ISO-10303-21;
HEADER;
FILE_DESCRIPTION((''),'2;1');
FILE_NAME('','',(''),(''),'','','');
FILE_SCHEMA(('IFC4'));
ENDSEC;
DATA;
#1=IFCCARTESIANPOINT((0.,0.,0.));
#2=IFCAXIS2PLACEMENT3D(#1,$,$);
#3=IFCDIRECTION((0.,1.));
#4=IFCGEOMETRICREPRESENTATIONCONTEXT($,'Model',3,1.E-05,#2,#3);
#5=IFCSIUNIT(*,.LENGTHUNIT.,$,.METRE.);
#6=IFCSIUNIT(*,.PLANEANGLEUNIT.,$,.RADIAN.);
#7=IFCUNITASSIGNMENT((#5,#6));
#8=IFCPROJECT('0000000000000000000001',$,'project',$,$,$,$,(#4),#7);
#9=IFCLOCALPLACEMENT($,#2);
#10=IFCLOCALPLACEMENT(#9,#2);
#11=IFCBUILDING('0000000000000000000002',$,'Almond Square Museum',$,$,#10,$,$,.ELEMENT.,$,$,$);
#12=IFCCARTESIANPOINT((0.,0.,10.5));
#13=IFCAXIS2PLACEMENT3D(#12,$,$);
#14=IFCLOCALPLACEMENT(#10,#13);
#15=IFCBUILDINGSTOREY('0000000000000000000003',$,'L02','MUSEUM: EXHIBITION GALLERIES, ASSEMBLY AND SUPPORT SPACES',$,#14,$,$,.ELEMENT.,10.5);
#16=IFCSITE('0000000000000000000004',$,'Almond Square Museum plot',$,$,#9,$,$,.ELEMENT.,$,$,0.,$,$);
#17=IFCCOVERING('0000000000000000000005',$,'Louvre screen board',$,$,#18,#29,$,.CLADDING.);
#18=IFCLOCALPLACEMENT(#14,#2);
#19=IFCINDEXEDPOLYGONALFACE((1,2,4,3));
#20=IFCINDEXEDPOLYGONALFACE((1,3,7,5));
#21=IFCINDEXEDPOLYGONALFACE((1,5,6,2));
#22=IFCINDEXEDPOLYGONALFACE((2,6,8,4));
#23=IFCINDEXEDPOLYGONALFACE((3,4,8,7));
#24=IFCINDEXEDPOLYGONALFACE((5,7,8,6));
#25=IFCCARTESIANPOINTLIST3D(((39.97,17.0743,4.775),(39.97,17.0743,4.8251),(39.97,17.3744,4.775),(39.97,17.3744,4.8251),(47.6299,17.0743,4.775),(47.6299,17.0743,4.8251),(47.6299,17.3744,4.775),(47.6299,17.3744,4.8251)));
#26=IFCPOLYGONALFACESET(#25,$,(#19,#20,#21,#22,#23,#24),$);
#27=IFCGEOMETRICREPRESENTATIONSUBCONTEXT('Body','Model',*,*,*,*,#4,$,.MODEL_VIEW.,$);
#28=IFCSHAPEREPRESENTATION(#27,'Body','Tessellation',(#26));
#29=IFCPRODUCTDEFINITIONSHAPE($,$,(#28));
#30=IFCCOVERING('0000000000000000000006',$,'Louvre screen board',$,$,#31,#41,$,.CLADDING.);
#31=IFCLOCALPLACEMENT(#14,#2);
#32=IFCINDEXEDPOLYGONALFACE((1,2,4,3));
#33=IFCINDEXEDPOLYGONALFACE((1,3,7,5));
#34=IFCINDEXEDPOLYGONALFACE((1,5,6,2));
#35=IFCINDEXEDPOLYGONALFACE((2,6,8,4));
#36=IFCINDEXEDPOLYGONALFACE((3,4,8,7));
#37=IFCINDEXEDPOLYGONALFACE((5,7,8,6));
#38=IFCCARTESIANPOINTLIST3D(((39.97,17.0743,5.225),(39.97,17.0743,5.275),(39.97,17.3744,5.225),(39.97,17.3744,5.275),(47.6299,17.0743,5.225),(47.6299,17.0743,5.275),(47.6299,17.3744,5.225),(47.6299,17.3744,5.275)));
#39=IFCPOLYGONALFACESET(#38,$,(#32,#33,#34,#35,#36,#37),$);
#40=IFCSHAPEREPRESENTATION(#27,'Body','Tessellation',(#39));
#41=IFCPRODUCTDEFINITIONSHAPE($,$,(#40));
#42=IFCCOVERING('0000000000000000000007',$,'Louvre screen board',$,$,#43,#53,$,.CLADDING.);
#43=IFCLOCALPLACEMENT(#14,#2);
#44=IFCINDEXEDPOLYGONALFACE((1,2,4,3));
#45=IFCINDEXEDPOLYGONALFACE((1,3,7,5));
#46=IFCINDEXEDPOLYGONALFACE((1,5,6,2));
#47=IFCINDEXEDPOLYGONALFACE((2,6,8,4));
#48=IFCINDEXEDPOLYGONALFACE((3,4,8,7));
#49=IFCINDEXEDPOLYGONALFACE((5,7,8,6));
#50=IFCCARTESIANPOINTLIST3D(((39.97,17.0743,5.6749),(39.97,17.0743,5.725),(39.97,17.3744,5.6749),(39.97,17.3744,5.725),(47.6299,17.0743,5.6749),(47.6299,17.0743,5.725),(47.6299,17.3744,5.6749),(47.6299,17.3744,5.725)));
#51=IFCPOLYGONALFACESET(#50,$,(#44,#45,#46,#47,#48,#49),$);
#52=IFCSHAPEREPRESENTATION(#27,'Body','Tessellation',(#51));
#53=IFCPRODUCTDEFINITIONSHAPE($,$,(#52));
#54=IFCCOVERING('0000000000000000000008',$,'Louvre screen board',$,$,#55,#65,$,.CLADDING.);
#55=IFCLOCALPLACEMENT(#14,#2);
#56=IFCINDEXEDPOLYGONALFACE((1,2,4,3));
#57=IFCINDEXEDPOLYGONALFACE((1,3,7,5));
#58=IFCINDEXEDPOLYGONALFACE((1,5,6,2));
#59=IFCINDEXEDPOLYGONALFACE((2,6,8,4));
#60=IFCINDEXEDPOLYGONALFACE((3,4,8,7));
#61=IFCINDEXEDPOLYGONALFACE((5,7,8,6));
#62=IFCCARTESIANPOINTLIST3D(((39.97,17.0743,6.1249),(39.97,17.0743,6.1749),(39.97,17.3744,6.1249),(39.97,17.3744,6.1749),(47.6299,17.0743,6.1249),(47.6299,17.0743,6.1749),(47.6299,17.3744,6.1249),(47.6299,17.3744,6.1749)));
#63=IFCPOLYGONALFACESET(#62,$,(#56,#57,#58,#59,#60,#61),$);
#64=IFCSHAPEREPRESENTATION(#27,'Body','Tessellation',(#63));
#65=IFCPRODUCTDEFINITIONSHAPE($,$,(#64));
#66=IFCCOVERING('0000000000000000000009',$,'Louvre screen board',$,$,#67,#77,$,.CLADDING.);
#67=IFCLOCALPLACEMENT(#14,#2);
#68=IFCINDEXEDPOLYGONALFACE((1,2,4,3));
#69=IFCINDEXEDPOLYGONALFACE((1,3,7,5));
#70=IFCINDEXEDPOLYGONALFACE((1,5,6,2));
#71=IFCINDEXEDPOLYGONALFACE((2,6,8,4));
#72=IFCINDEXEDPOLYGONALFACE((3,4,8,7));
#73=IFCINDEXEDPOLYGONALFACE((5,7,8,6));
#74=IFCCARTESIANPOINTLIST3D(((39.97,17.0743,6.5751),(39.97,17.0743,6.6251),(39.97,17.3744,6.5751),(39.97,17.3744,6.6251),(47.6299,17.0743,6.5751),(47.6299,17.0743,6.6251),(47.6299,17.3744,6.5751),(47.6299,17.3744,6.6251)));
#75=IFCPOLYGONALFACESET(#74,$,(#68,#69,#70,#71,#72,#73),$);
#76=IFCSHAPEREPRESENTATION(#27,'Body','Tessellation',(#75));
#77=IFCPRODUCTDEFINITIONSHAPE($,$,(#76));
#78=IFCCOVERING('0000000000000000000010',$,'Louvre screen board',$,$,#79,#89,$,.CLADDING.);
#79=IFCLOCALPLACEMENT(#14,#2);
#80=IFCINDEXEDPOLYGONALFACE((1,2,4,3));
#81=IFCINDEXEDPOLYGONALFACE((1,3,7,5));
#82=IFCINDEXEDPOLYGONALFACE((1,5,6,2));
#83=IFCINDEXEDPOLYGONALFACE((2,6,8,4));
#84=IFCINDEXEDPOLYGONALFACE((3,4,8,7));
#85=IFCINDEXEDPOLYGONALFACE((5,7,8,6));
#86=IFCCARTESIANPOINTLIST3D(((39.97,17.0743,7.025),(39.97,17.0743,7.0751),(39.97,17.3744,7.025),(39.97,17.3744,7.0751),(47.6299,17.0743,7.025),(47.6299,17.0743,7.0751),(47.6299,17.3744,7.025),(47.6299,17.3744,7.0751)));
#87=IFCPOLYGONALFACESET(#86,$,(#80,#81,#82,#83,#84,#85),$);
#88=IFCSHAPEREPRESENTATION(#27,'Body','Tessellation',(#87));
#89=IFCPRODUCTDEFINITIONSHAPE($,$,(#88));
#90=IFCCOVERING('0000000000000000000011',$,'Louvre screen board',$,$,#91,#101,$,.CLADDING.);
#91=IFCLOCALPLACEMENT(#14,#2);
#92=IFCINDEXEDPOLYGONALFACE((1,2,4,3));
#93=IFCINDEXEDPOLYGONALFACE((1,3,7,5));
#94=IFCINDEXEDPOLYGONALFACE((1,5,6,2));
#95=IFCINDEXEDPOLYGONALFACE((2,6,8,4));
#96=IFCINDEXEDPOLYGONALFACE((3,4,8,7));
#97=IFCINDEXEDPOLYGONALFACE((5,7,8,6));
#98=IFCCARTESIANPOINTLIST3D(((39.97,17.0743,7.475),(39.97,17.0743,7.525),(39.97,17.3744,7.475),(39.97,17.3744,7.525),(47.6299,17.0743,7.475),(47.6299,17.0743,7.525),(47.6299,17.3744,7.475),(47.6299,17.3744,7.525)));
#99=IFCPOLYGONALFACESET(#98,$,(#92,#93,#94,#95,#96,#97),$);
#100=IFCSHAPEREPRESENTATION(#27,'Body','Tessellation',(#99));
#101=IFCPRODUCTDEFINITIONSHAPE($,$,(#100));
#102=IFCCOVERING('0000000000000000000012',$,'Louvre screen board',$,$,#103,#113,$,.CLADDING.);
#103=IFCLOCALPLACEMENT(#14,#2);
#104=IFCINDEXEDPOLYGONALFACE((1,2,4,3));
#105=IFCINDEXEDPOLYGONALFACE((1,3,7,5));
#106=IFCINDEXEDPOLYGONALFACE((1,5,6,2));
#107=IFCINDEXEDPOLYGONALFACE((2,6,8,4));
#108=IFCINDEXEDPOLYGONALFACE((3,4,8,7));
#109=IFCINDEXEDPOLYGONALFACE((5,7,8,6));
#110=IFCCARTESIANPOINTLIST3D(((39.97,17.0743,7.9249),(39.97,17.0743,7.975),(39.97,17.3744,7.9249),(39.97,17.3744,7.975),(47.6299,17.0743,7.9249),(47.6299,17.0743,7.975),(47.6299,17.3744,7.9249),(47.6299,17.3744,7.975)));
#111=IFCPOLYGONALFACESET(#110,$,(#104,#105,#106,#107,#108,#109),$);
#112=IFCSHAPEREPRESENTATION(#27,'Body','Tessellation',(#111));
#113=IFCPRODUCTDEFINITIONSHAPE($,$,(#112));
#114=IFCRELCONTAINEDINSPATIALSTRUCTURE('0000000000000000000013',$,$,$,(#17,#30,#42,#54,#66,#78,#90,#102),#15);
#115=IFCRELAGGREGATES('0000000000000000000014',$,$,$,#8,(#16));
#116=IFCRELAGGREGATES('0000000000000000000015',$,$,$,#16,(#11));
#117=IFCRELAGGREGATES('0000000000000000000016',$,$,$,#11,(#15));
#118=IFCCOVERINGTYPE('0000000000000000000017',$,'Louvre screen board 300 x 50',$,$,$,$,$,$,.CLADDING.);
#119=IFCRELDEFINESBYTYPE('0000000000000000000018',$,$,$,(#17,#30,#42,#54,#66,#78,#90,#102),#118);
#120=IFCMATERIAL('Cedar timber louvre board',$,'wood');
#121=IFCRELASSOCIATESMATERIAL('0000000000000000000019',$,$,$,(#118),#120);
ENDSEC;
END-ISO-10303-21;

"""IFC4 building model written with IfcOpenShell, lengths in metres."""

from ifc_helpers import new_model, si_unit, direction, frame, origin, origin_2d, place, context, subcontext, project, spatial, rectangle, extrude, material, material_profile, profile_set, type_object, element, save


model = new_model("IFC4")

# Units and contexts
model_context = context("Model", 3, precision=1e-05, world=origin(), true_north=direction((0.0, 1.0)))
body_context = subcontext(model_context, "Body", "Model", "MODEL_VIEW")
ifc_project = project(units=[si_unit("LENGTHUNIT", "METRE"), si_unit("PLANEANGLEUNIT", "RADIAN")], contexts=[model_context])

# Site, building, storey
site_placement = place(None, origin())
site = spatial("IfcSite", under=ifc_project, at=site_placement, Name="Almond Square Museum plot", CompositionType="ELEMENT", RefElevation=0.0)
building_placement = place(site_placement, origin())
building = spatial("IfcBuilding", under=site, at=building_placement, Name="Almond Square Museum", CompositionType="ELEMENT")
storey_placement = place(building_placement, frame((0.0, 0.0, 10.5)))
storey = spatial("IfcBuildingStorey", under=building, at=storey_placement, Name="L02", Description="MUSEUM: EXHIBITION GALLERIES, ASSEMBLY AND SUPPORT SPACES", CompositionType="ELEMENT", Elevation=10.5)

# Coverings
ifc_material_1 = material(Name="Cedar timber louvre board", Category="wood")
ifc_material_profile_1 = material_profile(ifc_material_1, rectangle(XDim=0.3, YDim=0.05, at=origin_2d()))
ifc_profile_set_1 = profile_set([ifc_material_profile_1], Name="Cedar timber louvre board")
covering_type = type_object("IfcCoveringType", Name="Louvre screen board 300 x 50", PredefinedType="CLADDING", material=ifc_profile_set_1)
for number, where, z_axis, x_axis, name in (
    (1, (39.97, 17.2244, 4.8), (1.0, 0.0, 0.0), (0.0, 1.0, 0.0), "Louvre screen board"),
    (2, (39.97, 17.2244, 5.25), (1.0, 0.0, 0.0), (0.0, 1.0, 0.0), "Louvre screen board"),
    (3, (39.97, 17.2244, 5.7), (1.0, 0.0, 0.0), (0.0, 1.0, 0.0), "Louvre screen board"),
    (4, (39.97, 17.2244, 6.1499), (1.0, 0.0, 0.0), (0.0, 1.0, 0.0), "Louvre screen board"),
    (5, (39.97, 17.2244, 6.6001), (1.0, 0.0, 0.0), (0.0, 1.0, 0.0), "Louvre screen board"),
    (6, (39.97, 17.2244, 7.05), (1.0, 0.0, 0.0), (0.0, 1.0, 0.0), "Louvre screen board"),
    (7, (39.97, 17.2244, 7.5), (1.0, 0.0, 0.0), (0.0, 1.0, 0.0), "Louvre screen board"),
    (8, (39.97, 17.2244, 7.95), (1.0, 0.0, 0.0), (0.0, 1.0, 0.0), "Louvre screen board"),
):
    element("IfcCovering", number, at=place(storey_placement, frame(where, z_axis=z_axis, x_axis=x_axis)), inside=storey, type_object=covering_type, Name=name, PredefinedType="CLADDING", context=body_context, shape_type="SweptSolid", body=[
        extrude(rectangle(XDim=0.3, YDim=0.05, at=origin_2d()), origin(), (0.0, 0.0, 1.0), 7.6599),
    ])

save(model, "model.ifc")
